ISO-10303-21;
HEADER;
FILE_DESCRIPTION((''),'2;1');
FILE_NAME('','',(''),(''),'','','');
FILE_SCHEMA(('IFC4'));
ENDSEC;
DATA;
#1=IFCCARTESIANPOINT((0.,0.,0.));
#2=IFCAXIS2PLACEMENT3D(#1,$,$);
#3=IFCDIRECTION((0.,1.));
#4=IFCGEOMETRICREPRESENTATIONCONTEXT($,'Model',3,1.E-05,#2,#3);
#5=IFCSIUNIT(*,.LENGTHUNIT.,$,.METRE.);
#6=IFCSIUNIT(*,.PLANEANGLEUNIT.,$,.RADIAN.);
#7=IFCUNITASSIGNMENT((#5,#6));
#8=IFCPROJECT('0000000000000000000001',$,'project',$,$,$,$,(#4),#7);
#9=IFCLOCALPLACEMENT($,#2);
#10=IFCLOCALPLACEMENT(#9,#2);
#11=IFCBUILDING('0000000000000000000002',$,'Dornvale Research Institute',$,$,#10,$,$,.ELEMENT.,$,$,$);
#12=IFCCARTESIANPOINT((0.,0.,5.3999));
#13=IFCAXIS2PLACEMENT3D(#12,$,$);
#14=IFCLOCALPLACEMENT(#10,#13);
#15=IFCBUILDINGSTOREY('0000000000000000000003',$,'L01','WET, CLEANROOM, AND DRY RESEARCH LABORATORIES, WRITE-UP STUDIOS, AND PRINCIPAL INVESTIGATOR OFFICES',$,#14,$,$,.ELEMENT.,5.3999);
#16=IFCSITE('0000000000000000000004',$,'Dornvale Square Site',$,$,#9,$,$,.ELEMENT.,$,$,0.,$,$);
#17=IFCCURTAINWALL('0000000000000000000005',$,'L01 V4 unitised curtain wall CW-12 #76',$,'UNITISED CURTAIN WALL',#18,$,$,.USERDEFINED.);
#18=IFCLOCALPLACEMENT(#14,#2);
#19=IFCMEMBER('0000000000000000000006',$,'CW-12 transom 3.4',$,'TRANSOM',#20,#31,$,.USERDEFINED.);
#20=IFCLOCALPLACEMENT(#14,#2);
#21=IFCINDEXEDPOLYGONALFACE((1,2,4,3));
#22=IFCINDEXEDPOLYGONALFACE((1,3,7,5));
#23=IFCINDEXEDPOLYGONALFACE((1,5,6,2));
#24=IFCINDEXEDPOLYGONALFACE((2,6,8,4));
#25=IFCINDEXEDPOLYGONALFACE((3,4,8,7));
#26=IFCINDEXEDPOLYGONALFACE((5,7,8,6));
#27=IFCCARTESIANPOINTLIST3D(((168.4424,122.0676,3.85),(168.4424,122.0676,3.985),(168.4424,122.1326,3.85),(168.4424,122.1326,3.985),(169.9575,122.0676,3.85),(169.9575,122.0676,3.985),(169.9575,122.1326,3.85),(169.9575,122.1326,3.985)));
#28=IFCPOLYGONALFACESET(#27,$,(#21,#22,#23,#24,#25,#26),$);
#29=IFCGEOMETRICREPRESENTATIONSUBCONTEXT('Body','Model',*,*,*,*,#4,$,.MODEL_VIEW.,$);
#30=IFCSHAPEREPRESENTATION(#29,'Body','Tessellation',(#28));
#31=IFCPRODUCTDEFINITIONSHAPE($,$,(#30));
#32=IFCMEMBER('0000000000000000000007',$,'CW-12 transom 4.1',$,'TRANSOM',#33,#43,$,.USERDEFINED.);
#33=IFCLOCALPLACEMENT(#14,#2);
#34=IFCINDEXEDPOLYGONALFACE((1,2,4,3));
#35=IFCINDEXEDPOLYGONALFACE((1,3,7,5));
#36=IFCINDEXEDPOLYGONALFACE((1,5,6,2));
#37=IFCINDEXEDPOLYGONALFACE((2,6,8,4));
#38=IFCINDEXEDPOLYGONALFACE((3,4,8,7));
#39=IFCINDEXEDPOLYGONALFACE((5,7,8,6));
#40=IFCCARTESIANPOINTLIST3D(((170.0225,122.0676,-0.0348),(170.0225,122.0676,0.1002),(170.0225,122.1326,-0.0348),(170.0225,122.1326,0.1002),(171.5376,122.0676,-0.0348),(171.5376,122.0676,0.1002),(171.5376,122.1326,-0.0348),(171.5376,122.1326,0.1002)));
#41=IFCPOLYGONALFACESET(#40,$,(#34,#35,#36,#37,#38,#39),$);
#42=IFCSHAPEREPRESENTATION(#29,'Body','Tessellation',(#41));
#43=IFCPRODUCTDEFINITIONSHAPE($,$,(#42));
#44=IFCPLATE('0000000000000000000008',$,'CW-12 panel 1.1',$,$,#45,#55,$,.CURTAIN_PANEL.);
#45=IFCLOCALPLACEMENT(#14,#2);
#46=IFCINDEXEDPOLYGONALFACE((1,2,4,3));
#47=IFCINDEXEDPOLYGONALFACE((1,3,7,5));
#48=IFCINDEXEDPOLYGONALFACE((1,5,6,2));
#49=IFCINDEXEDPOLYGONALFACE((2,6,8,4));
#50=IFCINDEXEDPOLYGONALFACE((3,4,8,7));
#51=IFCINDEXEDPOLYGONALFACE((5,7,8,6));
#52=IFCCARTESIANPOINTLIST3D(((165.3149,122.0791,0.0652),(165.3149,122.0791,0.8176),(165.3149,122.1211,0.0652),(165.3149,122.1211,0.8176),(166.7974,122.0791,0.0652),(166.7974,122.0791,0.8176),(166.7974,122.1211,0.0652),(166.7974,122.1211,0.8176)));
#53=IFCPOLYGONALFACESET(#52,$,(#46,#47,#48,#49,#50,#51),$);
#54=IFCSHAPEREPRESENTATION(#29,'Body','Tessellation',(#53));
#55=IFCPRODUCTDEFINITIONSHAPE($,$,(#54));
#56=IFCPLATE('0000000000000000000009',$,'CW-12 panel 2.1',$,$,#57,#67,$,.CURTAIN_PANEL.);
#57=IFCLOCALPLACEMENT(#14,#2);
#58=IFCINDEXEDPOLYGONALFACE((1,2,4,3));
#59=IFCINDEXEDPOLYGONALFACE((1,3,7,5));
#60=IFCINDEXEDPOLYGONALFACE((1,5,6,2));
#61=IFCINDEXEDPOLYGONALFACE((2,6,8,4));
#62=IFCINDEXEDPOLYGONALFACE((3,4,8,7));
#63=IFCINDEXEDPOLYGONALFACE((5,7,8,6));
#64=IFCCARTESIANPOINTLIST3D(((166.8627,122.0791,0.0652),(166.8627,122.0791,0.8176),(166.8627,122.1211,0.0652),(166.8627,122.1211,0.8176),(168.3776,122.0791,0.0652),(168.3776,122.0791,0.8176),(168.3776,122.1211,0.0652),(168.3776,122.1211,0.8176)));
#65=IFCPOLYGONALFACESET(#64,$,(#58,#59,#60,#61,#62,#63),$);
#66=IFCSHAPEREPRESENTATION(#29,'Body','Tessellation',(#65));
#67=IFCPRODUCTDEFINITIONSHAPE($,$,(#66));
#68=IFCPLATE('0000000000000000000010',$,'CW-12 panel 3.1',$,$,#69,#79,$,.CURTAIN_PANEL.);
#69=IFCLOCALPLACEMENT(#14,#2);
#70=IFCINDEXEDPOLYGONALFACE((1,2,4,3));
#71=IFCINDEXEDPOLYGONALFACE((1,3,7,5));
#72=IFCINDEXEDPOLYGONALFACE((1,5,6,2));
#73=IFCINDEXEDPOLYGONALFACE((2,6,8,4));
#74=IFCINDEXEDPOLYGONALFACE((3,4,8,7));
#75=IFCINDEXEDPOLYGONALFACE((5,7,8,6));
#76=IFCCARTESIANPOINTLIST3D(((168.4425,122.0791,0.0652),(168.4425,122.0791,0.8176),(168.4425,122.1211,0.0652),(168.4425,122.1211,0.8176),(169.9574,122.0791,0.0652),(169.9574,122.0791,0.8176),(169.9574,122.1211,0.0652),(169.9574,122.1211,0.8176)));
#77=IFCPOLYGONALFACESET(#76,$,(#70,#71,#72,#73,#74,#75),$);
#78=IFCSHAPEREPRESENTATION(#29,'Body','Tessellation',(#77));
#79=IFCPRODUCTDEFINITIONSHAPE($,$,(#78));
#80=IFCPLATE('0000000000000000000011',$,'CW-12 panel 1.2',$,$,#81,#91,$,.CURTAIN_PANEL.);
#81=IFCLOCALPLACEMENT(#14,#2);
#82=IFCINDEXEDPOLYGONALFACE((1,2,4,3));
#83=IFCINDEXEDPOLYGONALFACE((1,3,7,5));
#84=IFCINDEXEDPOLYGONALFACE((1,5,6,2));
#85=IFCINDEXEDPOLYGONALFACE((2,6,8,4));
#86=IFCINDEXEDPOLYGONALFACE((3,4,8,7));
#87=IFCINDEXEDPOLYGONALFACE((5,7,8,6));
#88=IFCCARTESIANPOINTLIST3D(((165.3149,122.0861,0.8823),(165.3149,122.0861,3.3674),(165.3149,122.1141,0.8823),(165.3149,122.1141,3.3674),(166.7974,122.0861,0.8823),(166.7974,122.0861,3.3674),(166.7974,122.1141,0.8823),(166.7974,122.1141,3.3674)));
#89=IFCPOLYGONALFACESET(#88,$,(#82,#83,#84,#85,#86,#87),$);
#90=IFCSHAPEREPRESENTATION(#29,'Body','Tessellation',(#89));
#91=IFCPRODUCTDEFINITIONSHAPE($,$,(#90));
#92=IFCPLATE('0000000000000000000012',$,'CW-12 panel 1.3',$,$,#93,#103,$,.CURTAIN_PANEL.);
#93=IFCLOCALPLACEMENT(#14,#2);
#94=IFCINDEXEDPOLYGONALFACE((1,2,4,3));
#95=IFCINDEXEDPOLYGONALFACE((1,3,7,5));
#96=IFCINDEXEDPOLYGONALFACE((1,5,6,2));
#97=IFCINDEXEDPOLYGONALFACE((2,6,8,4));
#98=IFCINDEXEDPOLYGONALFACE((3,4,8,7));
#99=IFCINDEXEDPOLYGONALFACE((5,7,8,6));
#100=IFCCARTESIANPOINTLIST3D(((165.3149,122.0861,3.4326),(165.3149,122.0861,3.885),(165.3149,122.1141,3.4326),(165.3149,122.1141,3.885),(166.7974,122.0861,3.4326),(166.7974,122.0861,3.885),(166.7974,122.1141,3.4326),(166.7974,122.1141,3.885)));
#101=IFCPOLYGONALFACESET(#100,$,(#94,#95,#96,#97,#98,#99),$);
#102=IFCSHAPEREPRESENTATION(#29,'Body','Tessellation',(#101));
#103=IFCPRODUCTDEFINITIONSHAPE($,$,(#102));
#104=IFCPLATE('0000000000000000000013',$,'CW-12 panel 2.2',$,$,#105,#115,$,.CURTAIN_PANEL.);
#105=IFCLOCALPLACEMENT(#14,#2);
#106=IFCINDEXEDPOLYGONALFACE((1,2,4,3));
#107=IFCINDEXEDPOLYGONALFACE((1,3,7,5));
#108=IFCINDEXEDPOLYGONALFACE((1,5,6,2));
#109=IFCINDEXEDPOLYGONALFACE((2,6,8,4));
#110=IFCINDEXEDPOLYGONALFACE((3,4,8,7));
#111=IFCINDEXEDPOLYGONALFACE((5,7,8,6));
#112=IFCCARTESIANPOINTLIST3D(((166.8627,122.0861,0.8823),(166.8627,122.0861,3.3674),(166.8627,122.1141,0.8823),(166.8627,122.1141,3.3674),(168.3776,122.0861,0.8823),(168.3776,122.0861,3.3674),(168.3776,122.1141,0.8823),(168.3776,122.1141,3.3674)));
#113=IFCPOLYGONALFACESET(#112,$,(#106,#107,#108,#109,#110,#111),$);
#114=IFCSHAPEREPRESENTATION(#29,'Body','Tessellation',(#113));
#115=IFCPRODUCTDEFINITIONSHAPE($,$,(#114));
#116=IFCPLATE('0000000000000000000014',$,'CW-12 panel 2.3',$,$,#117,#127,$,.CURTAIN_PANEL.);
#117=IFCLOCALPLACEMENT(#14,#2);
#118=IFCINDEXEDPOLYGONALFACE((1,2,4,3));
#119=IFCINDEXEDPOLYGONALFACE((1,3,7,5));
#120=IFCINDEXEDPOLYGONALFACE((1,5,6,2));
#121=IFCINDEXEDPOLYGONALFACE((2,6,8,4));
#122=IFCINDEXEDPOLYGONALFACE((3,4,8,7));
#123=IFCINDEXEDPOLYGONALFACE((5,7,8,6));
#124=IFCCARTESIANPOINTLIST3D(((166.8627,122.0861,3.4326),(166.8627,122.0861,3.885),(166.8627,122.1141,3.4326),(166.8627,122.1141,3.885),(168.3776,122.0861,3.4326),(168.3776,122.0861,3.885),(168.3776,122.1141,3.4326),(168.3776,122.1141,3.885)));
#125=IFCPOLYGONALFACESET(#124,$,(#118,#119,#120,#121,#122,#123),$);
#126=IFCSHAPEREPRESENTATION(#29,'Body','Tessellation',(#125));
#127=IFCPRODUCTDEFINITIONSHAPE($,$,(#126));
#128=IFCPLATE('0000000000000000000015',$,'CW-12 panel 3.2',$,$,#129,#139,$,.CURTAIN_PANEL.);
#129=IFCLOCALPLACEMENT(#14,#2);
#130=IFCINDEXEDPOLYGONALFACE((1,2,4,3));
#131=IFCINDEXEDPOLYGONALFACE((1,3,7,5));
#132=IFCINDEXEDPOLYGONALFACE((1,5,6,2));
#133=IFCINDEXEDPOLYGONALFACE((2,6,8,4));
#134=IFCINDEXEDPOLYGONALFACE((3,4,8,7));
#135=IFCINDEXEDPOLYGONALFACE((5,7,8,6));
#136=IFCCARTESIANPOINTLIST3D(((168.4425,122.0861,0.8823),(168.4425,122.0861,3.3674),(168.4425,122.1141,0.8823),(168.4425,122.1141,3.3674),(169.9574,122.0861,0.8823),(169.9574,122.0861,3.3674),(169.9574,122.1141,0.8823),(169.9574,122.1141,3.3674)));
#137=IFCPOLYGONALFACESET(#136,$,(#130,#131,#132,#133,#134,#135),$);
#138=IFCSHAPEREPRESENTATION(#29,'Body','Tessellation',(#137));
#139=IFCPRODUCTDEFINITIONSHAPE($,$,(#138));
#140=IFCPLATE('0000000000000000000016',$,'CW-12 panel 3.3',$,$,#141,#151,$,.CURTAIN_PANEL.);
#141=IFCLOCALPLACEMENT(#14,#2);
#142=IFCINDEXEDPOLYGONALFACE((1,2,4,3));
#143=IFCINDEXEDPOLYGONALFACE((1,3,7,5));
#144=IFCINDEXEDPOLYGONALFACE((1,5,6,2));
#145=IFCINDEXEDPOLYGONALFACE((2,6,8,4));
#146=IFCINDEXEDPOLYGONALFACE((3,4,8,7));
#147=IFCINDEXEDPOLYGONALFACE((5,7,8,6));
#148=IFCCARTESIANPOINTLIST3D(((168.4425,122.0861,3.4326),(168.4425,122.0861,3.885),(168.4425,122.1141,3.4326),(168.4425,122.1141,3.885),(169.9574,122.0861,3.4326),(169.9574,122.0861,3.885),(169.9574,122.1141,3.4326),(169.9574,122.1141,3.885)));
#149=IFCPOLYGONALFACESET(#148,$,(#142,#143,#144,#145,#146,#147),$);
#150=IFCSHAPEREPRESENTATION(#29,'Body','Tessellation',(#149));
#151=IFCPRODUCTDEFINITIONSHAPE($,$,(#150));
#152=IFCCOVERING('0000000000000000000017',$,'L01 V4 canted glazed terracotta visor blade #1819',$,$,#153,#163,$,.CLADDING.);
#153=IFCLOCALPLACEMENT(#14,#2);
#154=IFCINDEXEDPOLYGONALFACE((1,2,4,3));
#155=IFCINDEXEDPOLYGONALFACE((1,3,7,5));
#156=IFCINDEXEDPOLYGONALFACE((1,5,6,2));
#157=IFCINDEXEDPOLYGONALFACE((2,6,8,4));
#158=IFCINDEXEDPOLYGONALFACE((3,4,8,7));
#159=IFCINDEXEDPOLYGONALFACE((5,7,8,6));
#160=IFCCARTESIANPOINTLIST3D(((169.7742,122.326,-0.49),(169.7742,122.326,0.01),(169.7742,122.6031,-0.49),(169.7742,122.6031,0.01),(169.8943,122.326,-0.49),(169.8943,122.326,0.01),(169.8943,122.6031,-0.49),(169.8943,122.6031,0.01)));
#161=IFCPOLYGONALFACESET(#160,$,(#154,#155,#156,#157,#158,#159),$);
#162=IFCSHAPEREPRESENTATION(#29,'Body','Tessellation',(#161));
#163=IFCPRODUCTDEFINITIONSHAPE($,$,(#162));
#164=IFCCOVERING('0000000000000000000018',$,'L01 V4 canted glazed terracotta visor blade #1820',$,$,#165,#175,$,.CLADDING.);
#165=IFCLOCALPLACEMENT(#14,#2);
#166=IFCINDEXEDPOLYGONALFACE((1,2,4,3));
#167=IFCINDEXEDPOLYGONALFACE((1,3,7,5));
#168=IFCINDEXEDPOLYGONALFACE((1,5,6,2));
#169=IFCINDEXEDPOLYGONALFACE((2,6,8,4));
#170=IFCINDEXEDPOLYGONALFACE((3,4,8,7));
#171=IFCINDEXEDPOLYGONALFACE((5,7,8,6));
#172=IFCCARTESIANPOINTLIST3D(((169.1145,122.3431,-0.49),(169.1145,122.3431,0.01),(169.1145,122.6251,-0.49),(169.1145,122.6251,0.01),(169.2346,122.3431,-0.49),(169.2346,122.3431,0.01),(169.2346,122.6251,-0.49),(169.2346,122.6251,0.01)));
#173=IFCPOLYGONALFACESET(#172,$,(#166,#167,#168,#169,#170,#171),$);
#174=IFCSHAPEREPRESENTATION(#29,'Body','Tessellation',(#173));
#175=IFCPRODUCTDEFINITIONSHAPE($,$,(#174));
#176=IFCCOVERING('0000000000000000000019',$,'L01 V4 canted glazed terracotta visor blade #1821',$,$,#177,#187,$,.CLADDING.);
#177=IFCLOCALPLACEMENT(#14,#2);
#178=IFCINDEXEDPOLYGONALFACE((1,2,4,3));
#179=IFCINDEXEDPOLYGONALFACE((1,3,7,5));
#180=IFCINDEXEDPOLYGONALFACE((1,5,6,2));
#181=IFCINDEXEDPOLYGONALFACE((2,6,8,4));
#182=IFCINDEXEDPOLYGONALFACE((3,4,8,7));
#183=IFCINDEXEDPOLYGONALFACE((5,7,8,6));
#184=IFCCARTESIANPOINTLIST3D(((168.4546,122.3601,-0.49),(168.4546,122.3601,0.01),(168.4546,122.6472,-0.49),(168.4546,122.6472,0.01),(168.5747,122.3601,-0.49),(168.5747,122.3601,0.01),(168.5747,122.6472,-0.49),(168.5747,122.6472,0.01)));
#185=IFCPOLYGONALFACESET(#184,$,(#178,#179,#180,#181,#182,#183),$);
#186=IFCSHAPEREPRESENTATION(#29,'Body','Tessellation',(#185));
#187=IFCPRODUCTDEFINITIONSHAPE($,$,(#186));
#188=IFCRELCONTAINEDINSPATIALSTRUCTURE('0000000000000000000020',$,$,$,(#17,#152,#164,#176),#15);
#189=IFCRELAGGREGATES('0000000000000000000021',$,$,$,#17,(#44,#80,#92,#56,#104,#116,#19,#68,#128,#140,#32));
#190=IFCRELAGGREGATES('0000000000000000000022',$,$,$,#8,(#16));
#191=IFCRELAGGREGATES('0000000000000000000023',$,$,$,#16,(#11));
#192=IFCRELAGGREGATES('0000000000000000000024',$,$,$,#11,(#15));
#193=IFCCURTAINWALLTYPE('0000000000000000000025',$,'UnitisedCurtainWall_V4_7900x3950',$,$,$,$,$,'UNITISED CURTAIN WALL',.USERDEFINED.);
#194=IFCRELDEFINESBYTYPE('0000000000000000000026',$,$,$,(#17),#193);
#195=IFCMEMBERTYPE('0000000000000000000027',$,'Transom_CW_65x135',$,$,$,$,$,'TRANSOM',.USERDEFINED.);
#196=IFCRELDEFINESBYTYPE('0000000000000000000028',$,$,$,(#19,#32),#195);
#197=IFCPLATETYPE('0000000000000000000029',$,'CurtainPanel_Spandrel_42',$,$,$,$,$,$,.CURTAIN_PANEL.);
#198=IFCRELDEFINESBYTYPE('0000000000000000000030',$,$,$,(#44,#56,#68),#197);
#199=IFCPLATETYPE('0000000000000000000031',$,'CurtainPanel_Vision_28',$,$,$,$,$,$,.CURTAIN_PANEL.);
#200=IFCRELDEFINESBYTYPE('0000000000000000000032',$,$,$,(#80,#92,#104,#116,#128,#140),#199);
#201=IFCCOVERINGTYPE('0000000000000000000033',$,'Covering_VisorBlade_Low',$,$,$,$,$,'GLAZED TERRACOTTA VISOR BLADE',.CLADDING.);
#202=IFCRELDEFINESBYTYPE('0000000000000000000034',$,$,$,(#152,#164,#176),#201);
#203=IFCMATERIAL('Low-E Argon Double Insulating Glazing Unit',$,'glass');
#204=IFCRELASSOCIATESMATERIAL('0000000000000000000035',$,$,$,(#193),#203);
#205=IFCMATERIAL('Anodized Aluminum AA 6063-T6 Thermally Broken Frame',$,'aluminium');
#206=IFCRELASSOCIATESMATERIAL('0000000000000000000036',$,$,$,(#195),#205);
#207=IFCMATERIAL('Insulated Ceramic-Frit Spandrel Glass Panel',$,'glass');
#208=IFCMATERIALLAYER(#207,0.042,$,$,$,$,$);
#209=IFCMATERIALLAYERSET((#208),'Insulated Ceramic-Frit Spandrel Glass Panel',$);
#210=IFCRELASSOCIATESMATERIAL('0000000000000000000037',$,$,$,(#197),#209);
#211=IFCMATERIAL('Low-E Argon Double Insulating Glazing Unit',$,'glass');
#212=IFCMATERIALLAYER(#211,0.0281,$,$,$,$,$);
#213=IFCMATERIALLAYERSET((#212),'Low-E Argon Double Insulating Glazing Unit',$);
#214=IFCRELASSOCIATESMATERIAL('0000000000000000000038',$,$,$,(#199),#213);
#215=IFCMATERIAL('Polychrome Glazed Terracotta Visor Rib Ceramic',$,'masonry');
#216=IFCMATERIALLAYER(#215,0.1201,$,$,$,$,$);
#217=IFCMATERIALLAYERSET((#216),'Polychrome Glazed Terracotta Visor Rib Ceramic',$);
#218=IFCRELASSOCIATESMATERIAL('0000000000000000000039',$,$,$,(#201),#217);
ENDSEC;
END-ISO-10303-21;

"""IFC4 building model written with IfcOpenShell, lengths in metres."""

from ifc_helpers import new_model, si_unit, direction, frame, origin, origin_2d, place, context, subcontext, project, spatial, rectangle, extrude, material, layer, layer_set, material_profile, profile_set, type_object, element, aggregate, save


model = new_model("IFC4")

# Units and contexts
model_context = context("Model", 3, precision=1e-05, world=origin(), true_north=direction((0.0, 1.0)))
body_context = subcontext(model_context, "Body", "Model", "MODEL_VIEW")
ifc_project = project(units=[si_unit("LENGTHUNIT", "METRE"), si_unit("PLANEANGLEUNIT", "RADIAN")], contexts=[model_context])

# Site, building, storey
site_placement = place(None, origin())
site = spatial("IfcSite", under=ifc_project, at=site_placement, Name="Dornvale Square Site", CompositionType="ELEMENT", RefElevation=0.0)
building_placement = place(site_placement, origin())
building = spatial("IfcBuilding", under=site, at=building_placement, Name="Dornvale Research Institute", CompositionType="ELEMENT")
storey_placement = place(building_placement, frame((0.0, 0.0, 5.3999)))
storey = spatial("IfcBuildingStorey", under=building, at=storey_placement, Name="L01", Description="WET, CLEANROOM, AND DRY RESEARCH LABORATORIES, WRITE-UP STUDIOS, AND PRINCIPAL INVESTIGATOR OFFICES", CompositionType="ELEMENT", Elevation=5.3999)

# Curtain wall, members, plates
ifc_material_1 = material(Name="Low-E Argon Double Insulating Glazing Unit", Category="glass")
curtain_wall_type = type_object("IfcCurtainWallType", Name="UnitisedCurtainWall_V4_7900x3950", ElementType="UNITISED CURTAIN WALL", PredefinedType="USERDEFINED", material=ifc_material_1)
curtain_wall_placement = place(storey_placement, origin())
curtain_wall = element("IfcCurtainWall", 1, at=curtain_wall_placement, inside=storey, type_object=curtain_wall_type, Name="L01 V4 unitised curtain wall CW-12 #76", ObjectType="UNITISED CURTAIN WALL", PredefinedType="USERDEFINED")
ifc_material_2 = material(Name="Anodized Aluminum AA 6063-T6 Thermally Broken Frame", Category="aluminium")
ifc_material_profile_1 = material_profile(ifc_material_2, rectangle(XDim=0.0649, YDim=0.135, at=origin_2d()), Name="ALU TRANSOM 65x135")
ifc_profile_set_1 = profile_set([ifc_material_profile_1], Name="Anodized Aluminum AA 6063-T6 Thermally Broken Frame")
member_type_1 = type_object("IfcMemberType", Name="Transom_CW_65x135", ElementType="TRANSOM", PredefinedType="USERDEFINED", material=ifc_profile_set_1)
member_1_placement = place(storey_placement, frame((168.4424, 122.1001, 3.9175), z_axis=(1.0, 0.0, 0.0), x_axis=(0.0, 1.0, 0.0)))
member_1 = element("IfcMember", 2, at=member_1_placement, type_object=member_type_1, Name="CW-12 transom 3.4", ObjectType="TRANSOM", PredefinedType="USERDEFINED", context=body_context, shape_type="SweptSolid", body=[
    extrude(rectangle(XDim=0.0649, YDim=0.135, at=origin_2d()), origin(), (0.0, 0.0, 1.0), 1.5151),
])
member_2_placement = place(storey_placement, frame((170.0225, 122.1001, 0.0327), z_axis=(1.0, 0.0, 0.0), x_axis=(0.0, 1.0, 0.0)))
member_2 = element("IfcMember", 3, at=member_2_placement, type_object=member_type_1, Name="CW-12 transom 4.1", ObjectType="TRANSOM", PredefinedType="USERDEFINED", context=body_context, shape_type="SweptSolid", body=[
    extrude(rectangle(XDim=0.0649, YDim=0.135, at=origin_2d()), origin(), (0.0, 0.0, 1.0), 1.5151),
])
ifc_material_3 = material(Name="Insulated Ceramic-Frit Spandrel Glass Panel", Category="glass")
ifc_layer_1 = layer(ifc_material_3, 0.042)
ifc_layer_set_1 = layer_set([ifc_layer_1], Name="Insulated Ceramic-Frit Spandrel Glass Panel")
plate_type_1 = type_object("IfcPlateType", Name="CurtainPanel_Spandrel_42", PredefinedType="CURTAIN_PANEL", material=ifc_layer_set_1)
plate_1_placement = place(storey_placement, frame((166.0562, 122.1001, 0.0652), z_axis=(0.0, 0.0, 1.0), x_axis=(1.0, 0.0, 0.0)))
plate_1 = element("IfcPlate", 4, at=plate_1_placement, type_object=plate_type_1, Name="CW-12 panel 1.1", PredefinedType="CURTAIN_PANEL", context=body_context, shape_type="SweptSolid", body=[
    extrude(rectangle(XDim=1.4824, YDim=0.042, at=origin_2d()), origin(), (0.0, 0.0, 1.0), 0.7524),
])
plate_2_placement = place(storey_placement, frame((167.6201, 122.1001, 0.0652), z_axis=(0.0, 0.0, 1.0), x_axis=(1.0, 0.0, 0.0)))
plate_2 = element("IfcPlate", 5, at=plate_2_placement, type_object=plate_type_1, Name="CW-12 panel 2.1", PredefinedType="CURTAIN_PANEL", context=body_context, shape_type="SweptSolid", body=[
    extrude(rectangle(XDim=1.5149, YDim=0.042, at=origin_2d()), origin(), (0.0, 0.0, 1.0), 0.7524),
])
plate_3_placement = place(storey_placement, frame((169.2, 122.1001, 0.0652), z_axis=(0.0, 0.0, 1.0), x_axis=(1.0, 0.0, 0.0)))
plate_3 = element("IfcPlate", 6, at=plate_3_placement, type_object=plate_type_1, Name="CW-12 panel 3.1", PredefinedType="CURTAIN_PANEL", context=body_context, shape_type="SweptSolid", body=[
    extrude(rectangle(XDim=1.5149, YDim=0.042, at=origin_2d()), origin(), (0.0, 0.0, 1.0), 0.7524),
])
ifc_material_4 = material(Name="Low-E Argon Double Insulating Glazing Unit", Category="glass")
ifc_layer_2 = layer(ifc_material_4, 0.0281)
ifc_layer_set_2 = layer_set([ifc_layer_2], Name="Low-E Argon Double Insulating Glazing Unit")
plate_type_2 = type_object("IfcPlateType", Name="CurtainPanel_Vision_28", PredefinedType="CURTAIN_PANEL", material=ifc_layer_set_2)
plate_4_placement = place(storey_placement, frame((166.0562, 122.1001, 0.8823), z_axis=(0.0, 0.0, 1.0), x_axis=(1.0, 0.0, 0.0)))
plate_4 = element("IfcPlate", 7, at=plate_4_placement, type_object=plate_type_2, Name="CW-12 panel 1.2", PredefinedType="CURTAIN_PANEL", context=body_context, shape_type="SweptSolid", body=[
    extrude(rectangle(XDim=1.4824, YDim=0.0281, at=origin_2d()), origin(), (0.0, 0.0, 1.0), 2.4851),
])
plate_5_placement = place(storey_placement, frame((166.0562, 122.1001, 3.4326), z_axis=(0.0, 0.0, 1.0), x_axis=(1.0, 0.0, 0.0)))
plate_5 = element("IfcPlate", 8, at=plate_5_placement, type_object=plate_type_2, Name="CW-12 panel 1.3", PredefinedType="CURTAIN_PANEL", context=body_context, shape_type="SweptSolid", body=[
    extrude(rectangle(XDim=1.4824, YDim=0.0281, at=origin_2d()), origin(), (0.0, 0.0, 1.0), 0.4524),
])
plate_6_placement = place(storey_placement, frame((167.6201, 122.1001, 0.8823), z_axis=(0.0, 0.0, 1.0), x_axis=(1.0, 0.0, 0.0)))
plate_6 = element("IfcPlate", 9, at=plate_6_placement, type_object=plate_type_2, Name="CW-12 panel 2.2", PredefinedType="CURTAIN_PANEL", context=body_context, shape_type="SweptSolid", body=[
    extrude(rectangle(XDim=1.5149, YDim=0.0281, at=origin_2d()), origin(), (0.0, 0.0, 1.0), 2.4851),
])
plate_7_placement = place(storey_placement, frame((167.6201, 122.1001, 3.4326), z_axis=(0.0, 0.0, 1.0), x_axis=(1.0, 0.0, 0.0)))
plate_7 = element("IfcPlate", 10, at=plate_7_placement, type_object=plate_type_2, Name="CW-12 panel 2.3", PredefinedType="CURTAIN_PANEL", context=body_context, shape_type="SweptSolid", body=[
    extrude(rectangle(XDim=1.5149, YDim=0.0281, at=origin_2d()), origin(), (0.0, 0.0, 1.0), 0.4524),
])
plate_8_placement = place(storey_placement, frame((169.2, 122.1001, 0.8823), z_axis=(0.0, 0.0, 1.0), x_axis=(1.0, 0.0, 0.0)))
plate_8 = element("IfcPlate", 11, at=plate_8_placement, type_object=plate_type_2, Name="CW-12 panel 3.2", PredefinedType="CURTAIN_PANEL", context=body_context, shape_type="SweptSolid", body=[
    extrude(rectangle(XDim=1.5149, YDim=0.0281, at=origin_2d()), origin(), (0.0, 0.0, 1.0), 2.4851),
])
plate_9_placement = place(storey_placement, frame((169.2, 122.1001, 3.4326), z_axis=(0.0, 0.0, 1.0), x_axis=(1.0, 0.0, 0.0)))
plate_9 = element("IfcPlate", 12, at=plate_9_placement, type_object=plate_type_2, Name="CW-12 panel 3.3", PredefinedType="CURTAIN_PANEL", context=body_context, shape_type="SweptSolid", body=[
    extrude(rectangle(XDim=1.5149, YDim=0.0281, at=origin_2d()), origin(), (0.0, 0.0, 1.0), 0.4524),
])
aggregate(curtain_wall, [plate_1, plate_4, plate_5, plate_2, plate_6, plate_7, member_1, plate_3, plate_8, plate_9, member_2])

# Coverings
ifc_material_5 = material(Name="Polychrome Glazed Terracotta Visor Rib Ceramic", Category="masonry")
ifc_layer_3 = layer(ifc_material_5, 0.1201)
ifc_layer_set_3 = layer_set([ifc_layer_3], Name="Polychrome Glazed Terracotta Visor Rib Ceramic")
covering_type = type_object("IfcCoveringType", Name="Covering_VisorBlade_Low", ElementType="GLAZED TERRACOTTA VISOR BLADE", PredefinedType="CLADDING", material=ifc_layer_set_3)
covering_1_placement = place(storey_placement, frame((169.8342, 122.4646, -0.49), z_axis=(0.0, 0.0, 1.0), x_axis=(0.0, 1.0, 0.0)))
element("IfcCovering", 13, at=covering_1_placement, inside=storey, type_object=covering_type, Name="L01 V4 canted glazed terracotta visor blade #1819", PredefinedType="CLADDING", context=body_context, shape_type="SweptSolid", body=[
    extrude(rectangle(XDim=0.2771, YDim=0.1201, at=origin_2d()), origin(), (0.0, 0.0, 1.0), 0.5),
])
covering_2_placement = place(storey_placement, frame((169.1746, 122.4841, -0.49), z_axis=(0.0, 0.0, 1.0), x_axis=(0.0, 1.0, 0.0)))
element("IfcCovering", 14, at=covering_2_placement, inside=storey, type_object=covering_type, Name="L01 V4 canted glazed terracotta visor blade #1820", PredefinedType="CLADDING", context=body_context, shape_type="SweptSolid", body=[
    extrude(rectangle(XDim=0.282, YDim=0.1201, at=origin_2d()), origin(), (0.0, 0.0, 1.0), 0.5),
])
covering_3_placement = place(storey_placement, frame((168.5146, 122.5037, -0.49), z_axis=(0.0, 0.0, 1.0), x_axis=(0.0, 1.0, 0.0)))
element("IfcCovering", 15, at=covering_3_placement, inside=storey, type_object=covering_type, Name="L01 V4 canted glazed terracotta visor blade #1821", PredefinedType="CLADDING", context=body_context, shape_type="SweptSolid", body=[
    extrude(rectangle(XDim=0.2871, YDim=0.1201, at=origin_2d()), origin(), (0.0, 0.0, 1.0), 0.5),
])

save(model, "model.ifc")
